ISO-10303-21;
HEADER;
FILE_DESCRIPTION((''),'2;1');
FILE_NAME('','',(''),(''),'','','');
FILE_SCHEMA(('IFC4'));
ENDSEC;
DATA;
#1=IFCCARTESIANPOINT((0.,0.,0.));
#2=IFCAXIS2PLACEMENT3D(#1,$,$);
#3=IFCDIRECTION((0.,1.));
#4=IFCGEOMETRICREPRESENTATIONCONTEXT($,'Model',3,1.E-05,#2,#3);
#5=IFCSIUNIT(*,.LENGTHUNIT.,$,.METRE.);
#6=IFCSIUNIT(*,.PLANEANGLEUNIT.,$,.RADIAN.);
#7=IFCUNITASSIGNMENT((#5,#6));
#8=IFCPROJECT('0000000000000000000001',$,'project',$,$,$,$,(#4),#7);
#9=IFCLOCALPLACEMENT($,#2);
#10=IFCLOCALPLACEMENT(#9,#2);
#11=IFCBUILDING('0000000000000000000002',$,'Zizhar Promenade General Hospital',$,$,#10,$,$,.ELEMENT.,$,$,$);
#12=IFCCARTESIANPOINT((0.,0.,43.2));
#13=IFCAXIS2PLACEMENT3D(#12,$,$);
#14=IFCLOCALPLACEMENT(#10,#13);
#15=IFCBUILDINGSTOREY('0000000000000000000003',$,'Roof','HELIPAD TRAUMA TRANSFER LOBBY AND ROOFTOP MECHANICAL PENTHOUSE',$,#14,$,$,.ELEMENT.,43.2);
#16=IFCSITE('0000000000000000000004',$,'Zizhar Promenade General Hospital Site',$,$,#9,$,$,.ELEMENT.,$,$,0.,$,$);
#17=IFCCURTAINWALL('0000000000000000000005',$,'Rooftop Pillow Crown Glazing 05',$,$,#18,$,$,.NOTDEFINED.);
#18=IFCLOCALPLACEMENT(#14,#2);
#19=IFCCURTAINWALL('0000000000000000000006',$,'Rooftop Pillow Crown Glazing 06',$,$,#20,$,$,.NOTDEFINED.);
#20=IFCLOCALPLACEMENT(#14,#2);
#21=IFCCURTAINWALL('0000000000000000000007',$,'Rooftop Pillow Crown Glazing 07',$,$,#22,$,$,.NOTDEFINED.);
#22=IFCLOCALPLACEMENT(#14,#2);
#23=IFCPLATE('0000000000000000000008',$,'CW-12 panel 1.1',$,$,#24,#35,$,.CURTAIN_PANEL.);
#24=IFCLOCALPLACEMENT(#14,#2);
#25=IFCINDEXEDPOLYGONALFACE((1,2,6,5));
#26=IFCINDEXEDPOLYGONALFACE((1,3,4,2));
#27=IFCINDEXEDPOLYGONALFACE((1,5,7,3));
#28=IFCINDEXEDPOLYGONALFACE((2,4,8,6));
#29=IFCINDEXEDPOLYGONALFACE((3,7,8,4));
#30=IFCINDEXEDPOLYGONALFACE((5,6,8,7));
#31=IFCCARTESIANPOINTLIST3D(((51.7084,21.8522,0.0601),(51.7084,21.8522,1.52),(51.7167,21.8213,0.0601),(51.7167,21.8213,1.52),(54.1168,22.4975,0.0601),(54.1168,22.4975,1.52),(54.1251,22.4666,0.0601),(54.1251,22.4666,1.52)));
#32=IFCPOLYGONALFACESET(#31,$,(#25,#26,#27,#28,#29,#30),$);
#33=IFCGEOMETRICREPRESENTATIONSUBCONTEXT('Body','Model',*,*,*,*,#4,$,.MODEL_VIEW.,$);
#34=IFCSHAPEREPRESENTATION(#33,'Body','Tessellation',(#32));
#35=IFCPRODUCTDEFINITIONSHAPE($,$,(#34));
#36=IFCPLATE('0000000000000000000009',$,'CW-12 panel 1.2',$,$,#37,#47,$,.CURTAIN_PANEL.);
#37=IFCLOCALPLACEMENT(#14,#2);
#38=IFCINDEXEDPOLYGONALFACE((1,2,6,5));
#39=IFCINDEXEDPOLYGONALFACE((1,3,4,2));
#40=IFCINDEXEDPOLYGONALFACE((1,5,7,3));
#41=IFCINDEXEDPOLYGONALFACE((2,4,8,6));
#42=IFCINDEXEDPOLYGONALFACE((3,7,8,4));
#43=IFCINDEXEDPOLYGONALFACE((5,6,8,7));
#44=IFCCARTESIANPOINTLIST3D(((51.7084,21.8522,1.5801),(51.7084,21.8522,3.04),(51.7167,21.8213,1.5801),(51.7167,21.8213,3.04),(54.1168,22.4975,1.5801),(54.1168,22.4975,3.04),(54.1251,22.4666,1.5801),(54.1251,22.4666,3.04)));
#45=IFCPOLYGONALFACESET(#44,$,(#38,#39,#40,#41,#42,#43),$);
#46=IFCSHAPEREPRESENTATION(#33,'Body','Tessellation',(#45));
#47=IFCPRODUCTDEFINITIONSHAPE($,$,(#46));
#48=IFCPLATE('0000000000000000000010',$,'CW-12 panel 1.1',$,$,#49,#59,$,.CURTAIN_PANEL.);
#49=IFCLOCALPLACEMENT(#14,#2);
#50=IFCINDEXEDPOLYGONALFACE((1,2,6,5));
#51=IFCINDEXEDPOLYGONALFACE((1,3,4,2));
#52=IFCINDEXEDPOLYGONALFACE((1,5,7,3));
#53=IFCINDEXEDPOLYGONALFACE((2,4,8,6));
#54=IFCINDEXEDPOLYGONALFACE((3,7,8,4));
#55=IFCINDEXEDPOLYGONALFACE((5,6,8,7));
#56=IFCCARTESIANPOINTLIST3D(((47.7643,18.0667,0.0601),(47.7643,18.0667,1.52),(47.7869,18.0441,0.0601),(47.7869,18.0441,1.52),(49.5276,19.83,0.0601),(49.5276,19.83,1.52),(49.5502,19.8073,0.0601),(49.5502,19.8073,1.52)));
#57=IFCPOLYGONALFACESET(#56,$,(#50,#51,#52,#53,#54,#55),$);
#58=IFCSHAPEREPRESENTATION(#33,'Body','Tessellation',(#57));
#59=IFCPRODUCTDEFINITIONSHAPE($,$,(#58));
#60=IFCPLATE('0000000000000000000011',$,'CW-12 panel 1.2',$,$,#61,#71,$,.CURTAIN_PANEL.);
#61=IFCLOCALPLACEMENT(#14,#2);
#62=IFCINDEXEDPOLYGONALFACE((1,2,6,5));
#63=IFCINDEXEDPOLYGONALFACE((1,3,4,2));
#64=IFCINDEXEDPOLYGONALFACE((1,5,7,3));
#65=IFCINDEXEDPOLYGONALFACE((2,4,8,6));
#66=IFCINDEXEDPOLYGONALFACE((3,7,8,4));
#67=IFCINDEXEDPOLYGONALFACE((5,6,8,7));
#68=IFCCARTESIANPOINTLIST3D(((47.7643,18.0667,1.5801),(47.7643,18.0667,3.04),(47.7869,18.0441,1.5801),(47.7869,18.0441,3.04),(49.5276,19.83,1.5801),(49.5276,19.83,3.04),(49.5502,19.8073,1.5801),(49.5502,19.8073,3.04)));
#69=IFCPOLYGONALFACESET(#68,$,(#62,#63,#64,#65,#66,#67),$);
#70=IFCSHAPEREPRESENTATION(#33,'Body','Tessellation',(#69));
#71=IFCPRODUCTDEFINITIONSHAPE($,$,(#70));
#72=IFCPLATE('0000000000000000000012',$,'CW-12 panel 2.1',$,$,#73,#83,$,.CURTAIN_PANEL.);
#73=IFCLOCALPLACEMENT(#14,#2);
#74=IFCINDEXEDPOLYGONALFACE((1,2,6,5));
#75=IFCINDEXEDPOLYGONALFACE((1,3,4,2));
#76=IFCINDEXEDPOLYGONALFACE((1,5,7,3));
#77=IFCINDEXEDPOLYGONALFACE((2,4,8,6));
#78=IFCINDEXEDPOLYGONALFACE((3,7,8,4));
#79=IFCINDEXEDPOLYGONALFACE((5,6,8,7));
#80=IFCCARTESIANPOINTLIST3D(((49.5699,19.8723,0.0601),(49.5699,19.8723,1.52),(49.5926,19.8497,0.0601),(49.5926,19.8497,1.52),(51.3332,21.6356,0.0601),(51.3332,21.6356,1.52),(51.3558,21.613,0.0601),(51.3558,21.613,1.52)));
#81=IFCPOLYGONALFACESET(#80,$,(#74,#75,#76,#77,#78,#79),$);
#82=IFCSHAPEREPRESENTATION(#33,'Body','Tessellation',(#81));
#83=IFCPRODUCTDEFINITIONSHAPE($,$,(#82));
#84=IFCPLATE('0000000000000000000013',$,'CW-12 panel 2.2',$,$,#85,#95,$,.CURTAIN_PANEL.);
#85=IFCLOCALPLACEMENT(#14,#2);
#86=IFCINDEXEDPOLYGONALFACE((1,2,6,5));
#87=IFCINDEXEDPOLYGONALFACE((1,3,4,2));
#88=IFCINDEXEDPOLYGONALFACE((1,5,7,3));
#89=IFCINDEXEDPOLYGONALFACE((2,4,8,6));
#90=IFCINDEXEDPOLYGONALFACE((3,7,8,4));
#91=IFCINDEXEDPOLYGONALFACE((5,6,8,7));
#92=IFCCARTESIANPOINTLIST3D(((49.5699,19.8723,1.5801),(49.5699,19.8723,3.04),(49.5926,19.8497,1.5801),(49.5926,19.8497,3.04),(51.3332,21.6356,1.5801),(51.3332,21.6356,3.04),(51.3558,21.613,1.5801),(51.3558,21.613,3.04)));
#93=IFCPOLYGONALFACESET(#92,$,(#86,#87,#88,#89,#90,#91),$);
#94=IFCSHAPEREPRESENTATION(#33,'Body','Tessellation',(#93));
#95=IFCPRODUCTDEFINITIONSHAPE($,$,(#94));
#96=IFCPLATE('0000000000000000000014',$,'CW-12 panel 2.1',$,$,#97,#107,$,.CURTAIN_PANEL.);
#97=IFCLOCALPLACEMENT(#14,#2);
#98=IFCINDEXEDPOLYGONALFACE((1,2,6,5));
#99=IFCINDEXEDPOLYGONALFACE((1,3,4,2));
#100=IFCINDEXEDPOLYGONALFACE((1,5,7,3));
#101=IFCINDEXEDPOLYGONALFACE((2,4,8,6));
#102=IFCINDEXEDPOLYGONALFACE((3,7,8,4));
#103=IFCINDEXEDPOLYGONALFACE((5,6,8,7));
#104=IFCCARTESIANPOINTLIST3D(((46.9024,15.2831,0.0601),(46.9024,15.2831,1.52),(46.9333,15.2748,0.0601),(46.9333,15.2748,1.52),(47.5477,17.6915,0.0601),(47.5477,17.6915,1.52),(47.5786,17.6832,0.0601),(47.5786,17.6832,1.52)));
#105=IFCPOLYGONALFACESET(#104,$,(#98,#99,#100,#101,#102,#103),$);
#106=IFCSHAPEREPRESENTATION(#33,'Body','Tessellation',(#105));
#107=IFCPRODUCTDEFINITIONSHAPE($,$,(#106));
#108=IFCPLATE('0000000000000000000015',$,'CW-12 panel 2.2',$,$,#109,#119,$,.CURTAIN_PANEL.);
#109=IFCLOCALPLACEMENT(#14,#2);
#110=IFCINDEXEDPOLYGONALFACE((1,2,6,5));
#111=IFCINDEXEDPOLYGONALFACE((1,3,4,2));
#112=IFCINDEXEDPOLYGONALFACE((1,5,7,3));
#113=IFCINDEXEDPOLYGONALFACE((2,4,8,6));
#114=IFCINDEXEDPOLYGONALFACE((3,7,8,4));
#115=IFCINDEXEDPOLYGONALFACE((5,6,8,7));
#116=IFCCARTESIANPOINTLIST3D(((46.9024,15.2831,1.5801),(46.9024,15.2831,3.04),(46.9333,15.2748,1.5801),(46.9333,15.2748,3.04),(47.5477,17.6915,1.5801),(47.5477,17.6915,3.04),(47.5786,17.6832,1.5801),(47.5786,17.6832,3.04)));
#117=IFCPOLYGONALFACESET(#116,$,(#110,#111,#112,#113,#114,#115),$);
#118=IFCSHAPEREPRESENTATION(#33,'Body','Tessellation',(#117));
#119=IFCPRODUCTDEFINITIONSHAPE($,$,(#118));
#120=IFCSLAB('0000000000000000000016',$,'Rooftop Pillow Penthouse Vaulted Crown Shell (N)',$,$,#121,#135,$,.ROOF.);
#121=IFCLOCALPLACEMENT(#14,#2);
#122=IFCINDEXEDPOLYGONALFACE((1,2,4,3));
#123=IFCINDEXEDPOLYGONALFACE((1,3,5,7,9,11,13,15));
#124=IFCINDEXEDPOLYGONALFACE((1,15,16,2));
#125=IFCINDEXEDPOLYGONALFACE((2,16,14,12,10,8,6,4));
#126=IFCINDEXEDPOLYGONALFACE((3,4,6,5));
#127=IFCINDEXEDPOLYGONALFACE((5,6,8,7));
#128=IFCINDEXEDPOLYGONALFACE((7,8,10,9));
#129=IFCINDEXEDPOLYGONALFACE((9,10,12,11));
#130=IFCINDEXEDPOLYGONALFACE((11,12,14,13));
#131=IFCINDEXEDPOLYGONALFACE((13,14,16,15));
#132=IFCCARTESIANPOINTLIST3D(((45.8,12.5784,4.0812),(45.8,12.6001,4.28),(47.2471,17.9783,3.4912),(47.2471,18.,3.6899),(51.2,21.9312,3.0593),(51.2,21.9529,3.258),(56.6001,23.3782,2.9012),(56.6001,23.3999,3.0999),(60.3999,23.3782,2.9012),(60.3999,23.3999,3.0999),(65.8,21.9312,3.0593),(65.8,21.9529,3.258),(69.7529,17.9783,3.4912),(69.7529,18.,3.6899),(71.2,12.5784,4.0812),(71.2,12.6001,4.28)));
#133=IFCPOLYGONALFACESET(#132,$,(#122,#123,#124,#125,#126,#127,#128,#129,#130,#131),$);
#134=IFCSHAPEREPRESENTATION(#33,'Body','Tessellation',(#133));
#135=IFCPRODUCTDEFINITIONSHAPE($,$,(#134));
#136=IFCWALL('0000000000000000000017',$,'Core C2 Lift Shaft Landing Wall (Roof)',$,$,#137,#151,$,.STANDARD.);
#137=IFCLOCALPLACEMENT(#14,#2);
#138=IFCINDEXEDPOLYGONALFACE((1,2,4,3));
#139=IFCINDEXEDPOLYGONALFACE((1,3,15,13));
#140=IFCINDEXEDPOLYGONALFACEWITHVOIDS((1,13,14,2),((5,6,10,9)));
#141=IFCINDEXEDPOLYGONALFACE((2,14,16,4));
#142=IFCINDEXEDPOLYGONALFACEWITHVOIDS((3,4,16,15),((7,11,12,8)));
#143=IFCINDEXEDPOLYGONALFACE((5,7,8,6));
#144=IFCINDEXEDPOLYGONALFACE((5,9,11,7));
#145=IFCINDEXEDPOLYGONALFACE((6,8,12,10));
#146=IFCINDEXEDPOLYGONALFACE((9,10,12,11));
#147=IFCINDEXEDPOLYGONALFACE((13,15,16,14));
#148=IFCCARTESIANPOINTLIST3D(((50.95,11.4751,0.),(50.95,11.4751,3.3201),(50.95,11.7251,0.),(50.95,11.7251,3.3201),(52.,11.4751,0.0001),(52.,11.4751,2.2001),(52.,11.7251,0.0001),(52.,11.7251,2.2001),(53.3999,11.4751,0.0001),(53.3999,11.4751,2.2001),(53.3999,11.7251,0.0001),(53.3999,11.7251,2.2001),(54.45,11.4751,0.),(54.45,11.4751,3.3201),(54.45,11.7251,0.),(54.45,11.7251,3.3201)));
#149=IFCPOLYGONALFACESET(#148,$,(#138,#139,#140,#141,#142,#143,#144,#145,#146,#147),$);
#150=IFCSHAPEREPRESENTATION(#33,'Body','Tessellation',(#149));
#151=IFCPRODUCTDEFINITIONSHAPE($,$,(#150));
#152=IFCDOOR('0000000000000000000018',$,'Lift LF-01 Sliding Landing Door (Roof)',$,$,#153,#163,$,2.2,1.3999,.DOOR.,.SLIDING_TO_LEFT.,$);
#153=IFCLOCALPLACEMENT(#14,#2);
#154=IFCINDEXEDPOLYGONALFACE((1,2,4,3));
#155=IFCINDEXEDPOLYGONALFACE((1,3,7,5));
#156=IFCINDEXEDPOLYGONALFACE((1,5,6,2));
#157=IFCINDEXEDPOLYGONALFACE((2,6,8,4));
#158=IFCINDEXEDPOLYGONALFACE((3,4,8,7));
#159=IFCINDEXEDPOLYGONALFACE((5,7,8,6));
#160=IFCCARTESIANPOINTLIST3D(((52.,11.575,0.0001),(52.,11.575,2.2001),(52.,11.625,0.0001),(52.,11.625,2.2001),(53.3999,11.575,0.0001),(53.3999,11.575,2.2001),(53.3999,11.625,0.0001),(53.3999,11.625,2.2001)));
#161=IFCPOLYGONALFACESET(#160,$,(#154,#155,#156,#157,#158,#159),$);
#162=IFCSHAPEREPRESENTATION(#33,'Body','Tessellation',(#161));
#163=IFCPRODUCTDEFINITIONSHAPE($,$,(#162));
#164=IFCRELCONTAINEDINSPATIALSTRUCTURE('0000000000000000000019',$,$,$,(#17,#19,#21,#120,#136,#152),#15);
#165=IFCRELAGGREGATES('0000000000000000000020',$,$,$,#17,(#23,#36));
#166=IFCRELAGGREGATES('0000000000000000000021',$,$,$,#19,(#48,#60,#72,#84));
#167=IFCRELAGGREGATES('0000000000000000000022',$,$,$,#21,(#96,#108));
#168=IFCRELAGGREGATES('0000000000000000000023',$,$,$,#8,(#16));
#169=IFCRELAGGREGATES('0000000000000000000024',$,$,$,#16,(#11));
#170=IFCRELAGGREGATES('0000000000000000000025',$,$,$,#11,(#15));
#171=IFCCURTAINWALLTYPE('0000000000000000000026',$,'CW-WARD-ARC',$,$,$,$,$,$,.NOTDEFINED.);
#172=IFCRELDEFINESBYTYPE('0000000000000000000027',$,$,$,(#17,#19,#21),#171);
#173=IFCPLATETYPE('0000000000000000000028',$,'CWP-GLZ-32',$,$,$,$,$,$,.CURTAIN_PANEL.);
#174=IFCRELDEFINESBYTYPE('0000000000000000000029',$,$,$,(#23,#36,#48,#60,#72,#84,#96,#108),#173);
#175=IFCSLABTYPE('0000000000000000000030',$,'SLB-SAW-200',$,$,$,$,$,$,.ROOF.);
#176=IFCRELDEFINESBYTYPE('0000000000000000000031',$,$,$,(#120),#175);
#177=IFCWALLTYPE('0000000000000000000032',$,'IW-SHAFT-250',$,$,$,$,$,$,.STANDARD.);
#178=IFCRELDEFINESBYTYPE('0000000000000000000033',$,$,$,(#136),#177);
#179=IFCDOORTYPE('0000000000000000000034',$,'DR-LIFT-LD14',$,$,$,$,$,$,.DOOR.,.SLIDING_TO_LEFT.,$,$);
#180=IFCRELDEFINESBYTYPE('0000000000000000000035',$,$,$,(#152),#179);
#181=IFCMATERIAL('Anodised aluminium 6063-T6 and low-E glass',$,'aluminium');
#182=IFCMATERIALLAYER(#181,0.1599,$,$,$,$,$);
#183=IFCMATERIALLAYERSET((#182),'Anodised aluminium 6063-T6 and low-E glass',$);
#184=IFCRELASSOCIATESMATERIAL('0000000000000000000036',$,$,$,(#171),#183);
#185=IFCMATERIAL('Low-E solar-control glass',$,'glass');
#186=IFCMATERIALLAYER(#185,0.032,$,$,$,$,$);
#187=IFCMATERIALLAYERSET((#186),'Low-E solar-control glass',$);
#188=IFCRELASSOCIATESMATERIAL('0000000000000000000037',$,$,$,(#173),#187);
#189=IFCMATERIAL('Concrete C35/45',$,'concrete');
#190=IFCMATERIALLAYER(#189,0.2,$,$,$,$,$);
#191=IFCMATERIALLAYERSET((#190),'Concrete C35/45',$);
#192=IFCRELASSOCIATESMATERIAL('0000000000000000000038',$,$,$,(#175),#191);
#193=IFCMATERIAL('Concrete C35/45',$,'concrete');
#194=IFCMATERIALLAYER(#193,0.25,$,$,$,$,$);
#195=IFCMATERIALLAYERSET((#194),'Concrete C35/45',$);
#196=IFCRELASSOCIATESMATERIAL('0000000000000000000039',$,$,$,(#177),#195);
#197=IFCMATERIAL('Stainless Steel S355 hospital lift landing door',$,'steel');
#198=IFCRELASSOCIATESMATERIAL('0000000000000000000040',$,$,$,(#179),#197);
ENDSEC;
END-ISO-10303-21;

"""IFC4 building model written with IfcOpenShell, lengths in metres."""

from ifc_helpers import new_model, si_unit, direction, frame, frame_2d, origin, origin_2d, place, context, subcontext, project, spatial, polyline, rectangle, outline, extrude, material, layer, layer_set, type_object, element, fill, aggregate, save


model = new_model("IFC4")

# Units and contexts
model_context = context("Model", 3, precision=1e-05, world=origin(), true_north=direction((0.0, 1.0)))
body_context = subcontext(model_context, "Body", "Model", "MODEL_VIEW")
ifc_project = project(units=[si_unit("LENGTHUNIT", "METRE"), si_unit("PLANEANGLEUNIT", "RADIAN")], contexts=[model_context])

# Site, building, storey
site_placement = place(None, origin())
site = spatial("IfcSite", under=ifc_project, at=site_placement, Name="Zizhar Promenade General Hospital Site", CompositionType="ELEMENT", RefElevation=0.0)
building_placement = place(site_placement, origin())
building = spatial("IfcBuilding", under=site, at=building_placement, Name="Zizhar Promenade General Hospital", CompositionType="ELEMENT")
storey_placement = place(building_placement, frame((0.0, 0.0, 43.2)))
storey = spatial("IfcBuildingStorey", under=building, at=storey_placement, Name="Roof", Description="HELIPAD TRAUMA TRANSFER LOBBY AND ROOFTOP MECHANICAL PENTHOUSE", CompositionType="ELEMENT", Elevation=43.2)

# Curtain wall
ifc_material_1 = material(Name="Anodised aluminium 6063-T6 and low-E glass", Category="aluminium")
ifc_layer_1 = layer(ifc_material_1, 0.1599)
ifc_layer_set_1 = layer_set([ifc_layer_1], Name="Anodised aluminium 6063-T6 and low-E glass")
curtain_wall_type = type_object("IfcCurtainWallType", Name="CW-WARD-ARC", PredefinedType="NOTDEFINED", material=ifc_layer_set_1)
curtain_wall_1_placement = place(storey_placement, origin())
curtain_wall_1 = element("IfcCurtainWall", 1, at=curtain_wall_1_placement, inside=storey, type_object=curtain_wall_type, Name="Rooftop Pillow Crown Glazing 05", PredefinedType="NOTDEFINED")

# Curtain walls
curtain_wall_2_placement = place(storey_placement, origin())
curtain_wall_2 = element("IfcCurtainWall", 2, at=curtain_wall_2_placement, inside=storey, type_object=curtain_wall_type, Name="Rooftop Pillow Crown Glazing 06", PredefinedType="NOTDEFINED")
curtain_wall_3_placement = place(storey_placement, origin())
curtain_wall_3 = element("IfcCurtainWall", 3, at=curtain_wall_3_placement, inside=storey, type_object=curtain_wall_type, Name="Rooftop Pillow Crown Glazing 07", PredefinedType="NOTDEFINED")

# Plates
ifc_material_2 = material(Name="Low-E solar-control glass", Category="glass")
ifc_layer_2 = layer(ifc_material_2, 0.032)
ifc_layer_set_2 = layer_set([ifc_layer_2], Name="Low-E solar-control glass")
plate_type = type_object("IfcPlateType", Name="CWP-GLZ-32", PredefinedType="CURTAIN_PANEL", material=ifc_layer_set_2)
plate_1_placement = place(storey_placement, frame((52.9167, 22.1594, 0.0601), z_axis=(0.0, 0.0, 1.0), x_axis=(0.965927, 0.258813, 0.0)))
plate_1 = element("IfcPlate", 4, at=plate_1_placement, type_object=plate_type, Name="CW-12 panel 1.1", PredefinedType="CURTAIN_PANEL", context=body_context, shape_type="SweptSolid", body=[
    extrude(rectangle(XDim=2.4934, YDim=0.032, at=origin_2d()), origin(), (0.0, 0.0, 1.0), 1.46),
])
plate_2_placement = place(storey_placement, frame((52.9167, 22.1594, 1.5801), z_axis=(0.0, 0.0, 1.0), x_axis=(0.965927, 0.258813, 0.0)))
plate_2 = element("IfcPlate", 5, at=plate_2_placement, type_object=plate_type, Name="CW-12 panel 1.2", PredefinedType="CURTAIN_PANEL", context=body_context, shape_type="SweptSolid", body=[
    extrude(rectangle(XDim=2.4934, YDim=0.032, at=origin_2d()), origin(), (0.0, 0.0, 1.0), 1.46),
])
aggregate(curtain_wall_1, [plate_1, plate_2])
plate_3_placement = place(storey_placement, frame((48.6572, 18.937, 0.0601), z_axis=(0.0, 0.0, 1.0), x_axis=(0.707107, 0.707107, 0.0)))
plate_3 = element("IfcPlate", 6, at=plate_3_placement, type_object=plate_type, Name="CW-12 panel 1.1", PredefinedType="CURTAIN_PANEL", context=body_context, shape_type="SweptSolid", body=[
    extrude(rectangle(XDim=2.4937, YDim=0.032, at=origin_2d()), origin(), (0.0, 0.0, 1.0), 1.46),
])
plate_4_placement = place(storey_placement, frame((48.6572, 18.937, 1.5801), z_axis=(0.0, 0.0, 1.0), x_axis=(0.707107, 0.707107, 0.0)))
plate_4 = element("IfcPlate", 7, at=plate_4_placement, type_object=plate_type, Name="CW-12 panel 1.2", PredefinedType="CURTAIN_PANEL", context=body_context, shape_type="SweptSolid", body=[
    extrude(rectangle(XDim=2.4937, YDim=0.032, at=origin_2d()), origin(), (0.0, 0.0, 1.0), 1.46),
])
plate_5_placement = place(storey_placement, frame((50.4629, 20.7427, 0.0601), z_axis=(0.0, 0.0, 1.0), x_axis=(0.707107, 0.707107, 0.0)))
plate_5 = element("IfcPlate", 8, at=plate_5_placement, type_object=plate_type, Name="CW-12 panel 2.1", PredefinedType="CURTAIN_PANEL", context=body_context, shape_type="SweptSolid", body=[
    extrude(rectangle(XDim=2.4937, YDim=0.032, at=origin_2d()), origin(), (0.0, 0.0, 1.0), 1.46),
])
plate_6_placement = place(storey_placement, frame((50.4629, 20.7427, 1.5801), z_axis=(0.0, 0.0, 1.0), x_axis=(0.707107, 0.707107, 0.0)))
plate_6 = element("IfcPlate", 9, at=plate_6_placement, type_object=plate_type, Name="CW-12 panel 2.2", PredefinedType="CURTAIN_PANEL", context=body_context, shape_type="SweptSolid", body=[
    extrude(rectangle(XDim=2.4937, YDim=0.032, at=origin_2d()), origin(), (0.0, 0.0, 1.0), 1.46),
])
aggregate(curtain_wall_2, [plate_3, plate_4, plate_5, plate_6])
plate_7_placement = place(storey_placement, frame((47.2405, 16.4832, 0.0601), z_axis=(0.0, 0.0, 1.0), x_axis=(0.258813, 0.965927, 0.0)))
plate_7 = element("IfcPlate", 10, at=plate_7_placement, type_object=plate_type, Name="CW-12 panel 2.1", PredefinedType="CURTAIN_PANEL", context=body_context, shape_type="SweptSolid", body=[
    extrude(rectangle(XDim=2.4934, YDim=0.032, at=origin_2d()), origin(), (0.0, 0.0, 1.0), 1.46),
])
plate_8_placement = place(storey_placement, frame((47.2405, 16.4832, 1.5801), z_axis=(0.0, 0.0, 1.0), x_axis=(0.258813, 0.965927, 0.0)))
plate_8 = element("IfcPlate", 11, at=plate_8_placement, type_object=plate_type, Name="CW-12 panel 2.2", PredefinedType="CURTAIN_PANEL", context=body_context, shape_type="SweptSolid", body=[
    extrude(rectangle(XDim=2.4934, YDim=0.032, at=origin_2d()), origin(), (0.0, 0.0, 1.0), 1.46),
])
aggregate(curtain_wall_3, [plate_7, plate_8])

# Slab
ifc_material_3 = material(Name="Concrete C35/45", Category="concrete")
ifc_layer_3 = layer(ifc_material_3, 0.2)
ifc_layer_set_3 = layer_set([ifc_layer_3], Name="Concrete C35/45")
slab_type = type_object("IfcSlabType", Name="SLB-SAW-200", PredefinedType="ROOF", material=ifc_layer_set_3)
slab_placement = place(storey_placement, frame((47.2471, 18.0, 3.6899), z_axis=(0.0, 0.108617, 0.994084), x_axis=(0.705006, 0.705006, -0.077032)))
element("IfcSlab", 12, at=slab_placement, inside=storey, type_object=slab_type, Name="Rooftop Pillow Penthouse Vaulted Crown Shell (N)", PredefinedType="ROOF", context=body_context, shape_type="SweptSolid", body=[
    extrude(outline(polyline([(0.0, 0.0), (5.6069, 0.0), (10.4463, -2.8036), (13.1252, -5.4984), (15.9, -10.3544), (15.8668, -15.9612), (13.0345, -20.817), (-4.8726, -2.8034), (0.0, 0.0)])), origin(), (0.0, 0.0, -1.0), 0.2),
])

# Wall, opening, door
ifc_material_4 = material(Name="Concrete C35/45", Category="concrete")
ifc_layer_4 = layer(ifc_material_4, 0.25)
ifc_layer_set_4 = layer_set([ifc_layer_4], Name="Concrete C35/45")
wall_type = type_object("IfcWallType", Name="IW-SHAFT-250", PredefinedType="STANDARD", material=ifc_layer_set_4)
wall_placement = place(storey_placement, frame((50.95, 11.6001, 0.0), z_axis=(0.0, 0.0, 1.0), x_axis=(1.0, 0.0, 0.0)))
wall = element("IfcWall", 13, at=wall_placement, inside=storey, type_object=wall_type, Name="Core C2 Lift Shaft Landing Wall (Roof)", PredefinedType="STANDARD", context=body_context, shape_type="SweptSolid", body=[
    extrude(rectangle(XDim=3.5, YDim=0.25, at=frame_2d((1.75, 0.0))), origin(), (0.0, 0.0, 1.0), 3.3201),
])
opening_placement = place(wall_placement, frame((1.05, 0.0, 0.0)))
opening = element("IfcOpeningElement", 14, at=opening_placement, cuts=wall, PredefinedType="OPENING", context=body_context, shape_type="SweptSolid", body=[
    extrude(rectangle(XDim=1.3999, YDim=2.2, at=frame_2d((0.7, 1.1001))), frame((0.0, 0.135, 0.0), z_axis=(0.0, -1.0, 0.0), x_axis=(1.0, 0.0, 0.0)), (0.0, 0.0, 1.0), 0.27),
])
ifc_material_5 = material(Name="Stainless Steel S355 hospital lift landing door", Category="steel")
door_type = type_object("IfcDoorType", Name="DR-LIFT-LD14", OperationType="SLIDING_TO_LEFT", PredefinedType="DOOR", material=ifc_material_5)
door_placement = place(opening_placement, origin())
door = element("IfcDoor", 15, at=door_placement, inside=storey, type_object=door_type, Name="Lift LF-01 Sliding Landing Door (Roof)", OperationType="SLIDING_TO_LEFT", OverallHeight=2.2, OverallWidth=1.3999, PredefinedType="DOOR", context=body_context, shape_type="SweptSolid", body=[
    extrude(rectangle(XDim=1.3999, YDim=2.2, at=frame_2d((0.7, 1.1001))), frame((0.0, 0.0249, 0.0), z_axis=(0.0, -1.0, 0.0), x_axis=(1.0, 0.0, 0.0)), (0.0, 0.0, 1.0), 0.05),
])
fill(opening, door)

save(model, "model.ifc")
